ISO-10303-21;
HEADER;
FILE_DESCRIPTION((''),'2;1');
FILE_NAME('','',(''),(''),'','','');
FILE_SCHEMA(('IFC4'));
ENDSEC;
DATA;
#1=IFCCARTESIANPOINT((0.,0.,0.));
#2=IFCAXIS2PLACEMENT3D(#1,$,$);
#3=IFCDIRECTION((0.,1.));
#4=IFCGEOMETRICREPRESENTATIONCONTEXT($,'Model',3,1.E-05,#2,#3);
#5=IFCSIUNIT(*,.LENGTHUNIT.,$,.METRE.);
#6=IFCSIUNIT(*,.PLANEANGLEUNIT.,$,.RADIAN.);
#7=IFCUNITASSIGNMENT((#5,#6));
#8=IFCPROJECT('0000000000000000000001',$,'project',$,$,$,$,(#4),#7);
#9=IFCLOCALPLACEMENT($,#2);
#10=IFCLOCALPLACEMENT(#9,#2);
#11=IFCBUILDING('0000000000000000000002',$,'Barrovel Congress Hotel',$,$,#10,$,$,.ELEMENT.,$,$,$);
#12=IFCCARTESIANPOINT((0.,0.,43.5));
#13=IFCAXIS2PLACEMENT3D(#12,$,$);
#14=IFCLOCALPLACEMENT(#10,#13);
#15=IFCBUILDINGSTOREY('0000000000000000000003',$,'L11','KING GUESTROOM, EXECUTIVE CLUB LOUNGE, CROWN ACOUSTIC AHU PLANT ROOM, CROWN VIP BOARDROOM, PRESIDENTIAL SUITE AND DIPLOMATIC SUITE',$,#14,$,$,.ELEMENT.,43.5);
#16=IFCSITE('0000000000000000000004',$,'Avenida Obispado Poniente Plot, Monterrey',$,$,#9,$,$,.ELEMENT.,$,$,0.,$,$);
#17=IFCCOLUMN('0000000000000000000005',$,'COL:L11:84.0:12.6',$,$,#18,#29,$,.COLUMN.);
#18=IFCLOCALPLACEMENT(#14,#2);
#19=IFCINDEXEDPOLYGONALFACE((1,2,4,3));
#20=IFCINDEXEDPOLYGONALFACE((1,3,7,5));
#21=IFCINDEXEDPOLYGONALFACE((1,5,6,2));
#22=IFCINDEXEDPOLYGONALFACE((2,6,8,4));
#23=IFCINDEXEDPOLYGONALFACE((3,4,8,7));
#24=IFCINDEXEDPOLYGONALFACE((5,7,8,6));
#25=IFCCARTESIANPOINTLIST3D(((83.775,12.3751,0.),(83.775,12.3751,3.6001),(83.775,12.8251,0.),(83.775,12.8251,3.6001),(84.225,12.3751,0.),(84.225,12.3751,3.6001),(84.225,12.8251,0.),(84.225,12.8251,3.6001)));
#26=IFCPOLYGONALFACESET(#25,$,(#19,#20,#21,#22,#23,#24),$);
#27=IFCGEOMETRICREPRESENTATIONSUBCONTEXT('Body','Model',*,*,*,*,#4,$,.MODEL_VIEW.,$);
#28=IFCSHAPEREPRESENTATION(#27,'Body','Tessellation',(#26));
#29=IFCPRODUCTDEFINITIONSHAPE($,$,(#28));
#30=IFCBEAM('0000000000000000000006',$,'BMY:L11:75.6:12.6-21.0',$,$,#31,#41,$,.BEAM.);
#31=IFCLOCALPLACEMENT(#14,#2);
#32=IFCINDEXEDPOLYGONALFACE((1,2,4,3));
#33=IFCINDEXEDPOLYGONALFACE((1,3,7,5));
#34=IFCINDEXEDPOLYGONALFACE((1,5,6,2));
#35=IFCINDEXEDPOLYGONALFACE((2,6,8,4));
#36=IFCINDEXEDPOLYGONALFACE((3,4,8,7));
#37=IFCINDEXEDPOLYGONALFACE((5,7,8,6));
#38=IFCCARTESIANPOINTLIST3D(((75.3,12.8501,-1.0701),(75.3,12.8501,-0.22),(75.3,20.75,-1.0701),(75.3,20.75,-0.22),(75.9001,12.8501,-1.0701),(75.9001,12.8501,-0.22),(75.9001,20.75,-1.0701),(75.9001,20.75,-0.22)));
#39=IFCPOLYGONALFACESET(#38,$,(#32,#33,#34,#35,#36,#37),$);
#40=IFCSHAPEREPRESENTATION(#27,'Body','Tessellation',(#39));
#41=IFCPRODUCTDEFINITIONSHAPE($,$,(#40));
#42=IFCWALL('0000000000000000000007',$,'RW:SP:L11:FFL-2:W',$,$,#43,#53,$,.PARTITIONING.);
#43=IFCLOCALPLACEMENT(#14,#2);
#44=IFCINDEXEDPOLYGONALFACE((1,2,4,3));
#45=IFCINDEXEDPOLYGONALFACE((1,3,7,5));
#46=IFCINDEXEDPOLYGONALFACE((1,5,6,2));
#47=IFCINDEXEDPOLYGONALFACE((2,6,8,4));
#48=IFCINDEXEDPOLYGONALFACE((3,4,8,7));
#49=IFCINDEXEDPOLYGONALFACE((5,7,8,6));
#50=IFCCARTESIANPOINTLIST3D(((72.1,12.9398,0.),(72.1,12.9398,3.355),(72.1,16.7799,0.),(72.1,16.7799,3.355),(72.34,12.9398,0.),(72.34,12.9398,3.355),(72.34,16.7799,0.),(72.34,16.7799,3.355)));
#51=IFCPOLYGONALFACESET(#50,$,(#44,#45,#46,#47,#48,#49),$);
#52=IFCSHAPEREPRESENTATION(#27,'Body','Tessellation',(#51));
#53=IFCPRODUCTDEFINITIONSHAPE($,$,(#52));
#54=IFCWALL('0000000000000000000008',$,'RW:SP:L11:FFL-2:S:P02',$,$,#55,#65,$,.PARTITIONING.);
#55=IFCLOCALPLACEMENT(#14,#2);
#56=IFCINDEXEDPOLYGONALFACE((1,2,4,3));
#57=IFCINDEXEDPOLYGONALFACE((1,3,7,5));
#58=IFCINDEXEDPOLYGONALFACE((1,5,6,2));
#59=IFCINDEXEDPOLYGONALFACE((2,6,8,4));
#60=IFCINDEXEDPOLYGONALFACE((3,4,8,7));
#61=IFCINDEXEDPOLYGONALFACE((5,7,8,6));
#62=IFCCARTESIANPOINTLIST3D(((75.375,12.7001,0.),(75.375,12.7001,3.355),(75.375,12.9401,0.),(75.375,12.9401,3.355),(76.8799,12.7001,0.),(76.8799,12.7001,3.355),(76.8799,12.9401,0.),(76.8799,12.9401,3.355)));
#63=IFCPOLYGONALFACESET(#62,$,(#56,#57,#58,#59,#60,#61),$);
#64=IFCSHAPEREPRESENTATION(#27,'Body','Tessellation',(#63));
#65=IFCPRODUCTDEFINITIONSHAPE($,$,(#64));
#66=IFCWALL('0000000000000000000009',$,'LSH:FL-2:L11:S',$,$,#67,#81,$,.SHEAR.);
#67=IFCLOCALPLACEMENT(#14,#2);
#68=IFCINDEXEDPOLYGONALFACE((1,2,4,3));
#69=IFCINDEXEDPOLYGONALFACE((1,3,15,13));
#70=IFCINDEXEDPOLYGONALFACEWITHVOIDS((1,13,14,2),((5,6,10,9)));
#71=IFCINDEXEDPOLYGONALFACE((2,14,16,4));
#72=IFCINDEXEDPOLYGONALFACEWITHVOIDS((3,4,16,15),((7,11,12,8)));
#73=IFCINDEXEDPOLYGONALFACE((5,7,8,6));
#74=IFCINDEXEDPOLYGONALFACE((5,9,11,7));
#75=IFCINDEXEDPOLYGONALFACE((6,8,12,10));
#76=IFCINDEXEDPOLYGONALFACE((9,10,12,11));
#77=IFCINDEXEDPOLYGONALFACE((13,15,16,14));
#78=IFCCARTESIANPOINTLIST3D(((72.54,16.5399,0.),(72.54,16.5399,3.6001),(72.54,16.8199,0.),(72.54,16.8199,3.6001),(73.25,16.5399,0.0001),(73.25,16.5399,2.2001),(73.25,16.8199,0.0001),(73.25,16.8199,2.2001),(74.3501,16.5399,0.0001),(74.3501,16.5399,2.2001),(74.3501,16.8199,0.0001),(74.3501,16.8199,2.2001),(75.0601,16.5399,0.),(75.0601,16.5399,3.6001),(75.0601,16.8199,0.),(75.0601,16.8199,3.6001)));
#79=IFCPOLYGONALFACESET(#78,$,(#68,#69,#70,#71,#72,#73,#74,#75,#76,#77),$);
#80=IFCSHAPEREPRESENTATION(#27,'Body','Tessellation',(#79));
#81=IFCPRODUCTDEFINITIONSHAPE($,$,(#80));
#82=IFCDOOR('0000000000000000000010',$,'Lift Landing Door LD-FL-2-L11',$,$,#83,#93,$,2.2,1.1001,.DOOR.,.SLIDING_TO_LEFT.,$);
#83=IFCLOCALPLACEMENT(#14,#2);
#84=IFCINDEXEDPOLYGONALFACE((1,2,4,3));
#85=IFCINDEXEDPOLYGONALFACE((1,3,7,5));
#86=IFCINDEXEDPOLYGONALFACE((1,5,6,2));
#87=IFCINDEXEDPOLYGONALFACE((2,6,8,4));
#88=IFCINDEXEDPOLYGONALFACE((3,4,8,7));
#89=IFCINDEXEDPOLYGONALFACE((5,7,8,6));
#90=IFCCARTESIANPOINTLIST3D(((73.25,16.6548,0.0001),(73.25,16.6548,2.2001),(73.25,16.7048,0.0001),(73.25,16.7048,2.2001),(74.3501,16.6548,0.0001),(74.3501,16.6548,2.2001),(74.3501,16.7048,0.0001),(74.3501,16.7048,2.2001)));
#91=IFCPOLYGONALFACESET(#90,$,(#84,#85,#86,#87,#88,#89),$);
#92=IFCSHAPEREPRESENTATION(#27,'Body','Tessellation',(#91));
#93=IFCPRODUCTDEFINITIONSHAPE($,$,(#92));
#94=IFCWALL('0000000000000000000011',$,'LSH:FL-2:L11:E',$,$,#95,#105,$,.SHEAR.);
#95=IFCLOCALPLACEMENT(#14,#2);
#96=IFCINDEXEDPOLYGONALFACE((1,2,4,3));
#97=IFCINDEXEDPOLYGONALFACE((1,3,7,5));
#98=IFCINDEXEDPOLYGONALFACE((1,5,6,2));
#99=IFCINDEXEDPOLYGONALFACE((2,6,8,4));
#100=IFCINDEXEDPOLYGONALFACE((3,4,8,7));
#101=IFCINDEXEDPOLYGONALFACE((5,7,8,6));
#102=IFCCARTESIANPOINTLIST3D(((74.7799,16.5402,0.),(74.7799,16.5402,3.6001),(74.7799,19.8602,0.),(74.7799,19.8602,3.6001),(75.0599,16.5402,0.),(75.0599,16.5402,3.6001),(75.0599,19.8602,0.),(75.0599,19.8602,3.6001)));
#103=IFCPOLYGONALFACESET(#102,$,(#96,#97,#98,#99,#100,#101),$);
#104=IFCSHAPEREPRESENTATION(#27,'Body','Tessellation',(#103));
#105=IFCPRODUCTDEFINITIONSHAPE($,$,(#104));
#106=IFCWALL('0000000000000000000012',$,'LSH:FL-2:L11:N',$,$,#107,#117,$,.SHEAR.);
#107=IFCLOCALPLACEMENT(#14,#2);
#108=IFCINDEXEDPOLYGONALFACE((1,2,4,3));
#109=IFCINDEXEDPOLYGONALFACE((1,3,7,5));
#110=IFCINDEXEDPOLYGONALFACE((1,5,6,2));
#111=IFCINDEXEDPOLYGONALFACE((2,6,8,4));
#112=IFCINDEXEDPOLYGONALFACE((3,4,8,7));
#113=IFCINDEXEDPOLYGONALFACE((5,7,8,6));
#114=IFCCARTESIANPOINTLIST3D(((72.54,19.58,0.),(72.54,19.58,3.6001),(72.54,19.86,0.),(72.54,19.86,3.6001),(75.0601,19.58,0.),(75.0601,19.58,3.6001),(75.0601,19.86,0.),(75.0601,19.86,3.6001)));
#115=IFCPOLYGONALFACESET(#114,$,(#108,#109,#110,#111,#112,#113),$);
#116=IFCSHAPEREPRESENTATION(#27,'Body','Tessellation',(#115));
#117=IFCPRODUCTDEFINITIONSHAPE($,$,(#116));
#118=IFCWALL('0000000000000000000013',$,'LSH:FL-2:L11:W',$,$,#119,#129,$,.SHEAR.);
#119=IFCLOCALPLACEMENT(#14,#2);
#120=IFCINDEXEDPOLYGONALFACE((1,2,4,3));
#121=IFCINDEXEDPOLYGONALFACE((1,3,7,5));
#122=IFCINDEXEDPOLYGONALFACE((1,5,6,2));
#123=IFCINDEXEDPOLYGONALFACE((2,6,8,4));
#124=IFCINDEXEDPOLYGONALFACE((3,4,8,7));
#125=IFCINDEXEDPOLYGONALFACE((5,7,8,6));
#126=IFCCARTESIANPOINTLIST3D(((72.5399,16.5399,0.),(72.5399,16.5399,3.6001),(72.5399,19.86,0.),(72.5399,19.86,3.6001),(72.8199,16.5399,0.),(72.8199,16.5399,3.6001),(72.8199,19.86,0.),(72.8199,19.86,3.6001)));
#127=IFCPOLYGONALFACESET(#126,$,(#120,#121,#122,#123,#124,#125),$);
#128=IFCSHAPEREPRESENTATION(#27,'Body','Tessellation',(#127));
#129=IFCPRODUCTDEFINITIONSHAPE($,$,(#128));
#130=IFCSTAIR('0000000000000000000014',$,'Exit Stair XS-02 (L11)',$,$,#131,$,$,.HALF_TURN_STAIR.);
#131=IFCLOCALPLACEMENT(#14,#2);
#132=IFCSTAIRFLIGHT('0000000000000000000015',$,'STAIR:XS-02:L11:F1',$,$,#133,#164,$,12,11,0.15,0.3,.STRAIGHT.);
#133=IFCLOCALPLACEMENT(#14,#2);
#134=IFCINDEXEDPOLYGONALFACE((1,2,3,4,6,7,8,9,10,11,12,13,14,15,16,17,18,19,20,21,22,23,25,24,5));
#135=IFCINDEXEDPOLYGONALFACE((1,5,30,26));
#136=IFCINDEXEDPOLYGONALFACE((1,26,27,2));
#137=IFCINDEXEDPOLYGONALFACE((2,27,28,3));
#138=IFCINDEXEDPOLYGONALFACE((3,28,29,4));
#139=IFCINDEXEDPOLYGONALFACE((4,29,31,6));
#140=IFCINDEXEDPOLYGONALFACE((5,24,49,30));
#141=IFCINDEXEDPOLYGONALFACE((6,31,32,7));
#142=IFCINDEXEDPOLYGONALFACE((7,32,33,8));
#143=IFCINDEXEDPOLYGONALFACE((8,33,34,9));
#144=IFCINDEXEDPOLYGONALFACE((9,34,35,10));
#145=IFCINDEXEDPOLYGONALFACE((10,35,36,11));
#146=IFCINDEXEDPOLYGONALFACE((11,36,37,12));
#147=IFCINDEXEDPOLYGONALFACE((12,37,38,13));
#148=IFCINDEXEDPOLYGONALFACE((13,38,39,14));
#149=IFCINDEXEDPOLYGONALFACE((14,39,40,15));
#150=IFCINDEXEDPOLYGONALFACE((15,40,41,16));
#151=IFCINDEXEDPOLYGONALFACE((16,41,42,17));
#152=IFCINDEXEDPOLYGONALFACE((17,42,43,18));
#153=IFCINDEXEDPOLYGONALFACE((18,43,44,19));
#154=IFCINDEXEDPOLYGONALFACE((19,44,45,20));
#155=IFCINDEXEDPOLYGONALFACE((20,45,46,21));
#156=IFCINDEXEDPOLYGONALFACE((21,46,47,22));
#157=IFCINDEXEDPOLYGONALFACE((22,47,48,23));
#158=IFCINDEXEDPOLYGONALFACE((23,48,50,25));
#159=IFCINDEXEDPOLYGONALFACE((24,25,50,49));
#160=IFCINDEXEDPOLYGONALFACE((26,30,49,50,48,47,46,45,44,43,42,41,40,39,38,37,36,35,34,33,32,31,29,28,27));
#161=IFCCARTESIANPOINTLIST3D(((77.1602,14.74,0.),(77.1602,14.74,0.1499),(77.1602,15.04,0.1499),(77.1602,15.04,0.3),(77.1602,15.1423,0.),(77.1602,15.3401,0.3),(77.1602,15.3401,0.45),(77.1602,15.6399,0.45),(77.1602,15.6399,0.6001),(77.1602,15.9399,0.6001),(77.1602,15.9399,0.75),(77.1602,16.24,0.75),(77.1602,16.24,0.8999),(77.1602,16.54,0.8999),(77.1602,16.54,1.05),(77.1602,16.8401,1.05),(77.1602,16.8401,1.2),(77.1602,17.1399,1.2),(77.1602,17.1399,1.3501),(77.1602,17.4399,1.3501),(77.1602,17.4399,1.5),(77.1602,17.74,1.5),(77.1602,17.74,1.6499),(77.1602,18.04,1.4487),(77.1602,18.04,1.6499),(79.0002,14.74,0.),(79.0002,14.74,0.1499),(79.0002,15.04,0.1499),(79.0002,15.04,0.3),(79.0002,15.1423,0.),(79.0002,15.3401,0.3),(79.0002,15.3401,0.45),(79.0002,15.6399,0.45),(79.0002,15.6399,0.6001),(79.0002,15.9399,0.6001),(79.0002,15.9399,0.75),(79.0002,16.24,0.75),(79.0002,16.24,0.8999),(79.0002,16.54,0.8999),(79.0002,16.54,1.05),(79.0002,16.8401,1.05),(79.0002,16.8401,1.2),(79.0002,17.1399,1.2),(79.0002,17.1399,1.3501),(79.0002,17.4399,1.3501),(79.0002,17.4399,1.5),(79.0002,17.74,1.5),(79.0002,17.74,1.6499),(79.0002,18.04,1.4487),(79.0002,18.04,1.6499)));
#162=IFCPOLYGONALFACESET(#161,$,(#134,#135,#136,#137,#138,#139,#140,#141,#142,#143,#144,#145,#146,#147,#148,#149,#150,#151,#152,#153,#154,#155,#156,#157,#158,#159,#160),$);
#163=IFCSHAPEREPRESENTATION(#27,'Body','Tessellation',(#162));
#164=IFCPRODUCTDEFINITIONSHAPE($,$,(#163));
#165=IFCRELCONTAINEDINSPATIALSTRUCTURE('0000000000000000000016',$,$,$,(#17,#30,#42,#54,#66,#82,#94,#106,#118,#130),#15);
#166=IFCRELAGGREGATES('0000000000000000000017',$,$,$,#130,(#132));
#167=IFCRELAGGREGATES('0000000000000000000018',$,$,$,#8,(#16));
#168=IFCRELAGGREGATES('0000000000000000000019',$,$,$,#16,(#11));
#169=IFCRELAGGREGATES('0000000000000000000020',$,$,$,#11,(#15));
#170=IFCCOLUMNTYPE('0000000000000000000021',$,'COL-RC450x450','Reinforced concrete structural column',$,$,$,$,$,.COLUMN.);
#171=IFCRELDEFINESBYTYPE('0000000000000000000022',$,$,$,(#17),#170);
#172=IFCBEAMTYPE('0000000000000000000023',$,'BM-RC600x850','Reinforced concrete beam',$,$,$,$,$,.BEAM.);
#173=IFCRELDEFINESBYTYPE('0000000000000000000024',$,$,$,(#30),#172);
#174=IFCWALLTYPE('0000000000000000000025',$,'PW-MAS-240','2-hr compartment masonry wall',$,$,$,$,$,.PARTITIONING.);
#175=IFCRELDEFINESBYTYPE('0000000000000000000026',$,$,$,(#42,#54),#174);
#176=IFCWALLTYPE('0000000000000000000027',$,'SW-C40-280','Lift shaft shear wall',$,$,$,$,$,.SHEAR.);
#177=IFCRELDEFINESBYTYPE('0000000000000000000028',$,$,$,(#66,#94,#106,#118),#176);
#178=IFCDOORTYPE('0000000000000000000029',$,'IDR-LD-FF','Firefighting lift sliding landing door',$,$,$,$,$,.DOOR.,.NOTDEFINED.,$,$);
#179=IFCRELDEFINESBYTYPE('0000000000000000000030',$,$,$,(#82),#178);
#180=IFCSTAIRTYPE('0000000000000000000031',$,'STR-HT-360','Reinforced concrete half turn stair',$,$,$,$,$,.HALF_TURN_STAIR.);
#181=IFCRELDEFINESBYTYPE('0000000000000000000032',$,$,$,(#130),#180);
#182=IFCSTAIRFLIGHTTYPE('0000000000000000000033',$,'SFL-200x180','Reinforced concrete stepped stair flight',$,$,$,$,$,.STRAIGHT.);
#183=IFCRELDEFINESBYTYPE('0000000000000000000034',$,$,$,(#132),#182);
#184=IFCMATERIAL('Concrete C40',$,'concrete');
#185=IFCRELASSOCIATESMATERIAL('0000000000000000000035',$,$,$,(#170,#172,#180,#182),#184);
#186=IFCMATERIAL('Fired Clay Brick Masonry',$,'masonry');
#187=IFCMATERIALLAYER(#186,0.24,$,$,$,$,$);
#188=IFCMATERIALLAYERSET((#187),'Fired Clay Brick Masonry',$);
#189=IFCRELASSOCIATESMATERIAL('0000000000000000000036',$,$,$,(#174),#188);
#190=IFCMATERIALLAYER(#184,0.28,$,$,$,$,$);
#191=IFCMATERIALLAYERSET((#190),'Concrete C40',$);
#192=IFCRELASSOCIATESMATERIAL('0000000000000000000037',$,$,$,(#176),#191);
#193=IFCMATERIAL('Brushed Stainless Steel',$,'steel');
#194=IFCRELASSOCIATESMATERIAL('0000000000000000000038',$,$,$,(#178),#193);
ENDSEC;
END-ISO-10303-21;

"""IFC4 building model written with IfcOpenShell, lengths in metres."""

from ifc_helpers import new_model, si_unit, direction, frame, frame_2d, origin, origin_2d, place, context, subcontext, project, spatial, polyline, rectangle, outline, extrude, material, layer, layer_set, material_profile, profile_set, type_object, element, fill, aggregate, save


model = new_model("IFC4")

# Units and contexts
model_context = context("Model", 3, precision=1e-05, world=origin(), true_north=direction((0.0, 1.0)))
body_context = subcontext(model_context, "Body", "Model", "MODEL_VIEW")
ifc_project = project(units=[si_unit("LENGTHUNIT", "METRE"), si_unit("PLANEANGLEUNIT", "RADIAN")], contexts=[model_context])

# Site, building, storey
site_placement = place(None, origin())
site = spatial("IfcSite", under=ifc_project, at=site_placement, Name="Avenida Obispado Poniente Plot, Monterrey", CompositionType="ELEMENT", RefElevation=0.0)
building_placement = place(site_placement, origin())
building = spatial("IfcBuilding", under=site, at=building_placement, Name="Barrovel Congress Hotel", CompositionType="ELEMENT")
storey_placement = place(building_placement, frame((0.0, 0.0, 43.5)))
storey = spatial("IfcBuildingStorey", under=building, at=storey_placement, Name="L11", Description="KING GUESTROOM, EXECUTIVE CLUB LOUNGE, CROWN ACOUSTIC AHU PLANT ROOM, CROWN VIP BOARDROOM, PRESIDENTIAL SUITE AND DIPLOMATIC SUITE", CompositionType="ELEMENT", Elevation=43.5)

# Column
ifc_material_1 = material(Name="Concrete C40", Category="concrete")
ifc_material_profile_1 = material_profile(ifc_material_1, rectangle(XDim=0.45, YDim=0.45, at=origin_2d()), Name="RC450x450")
ifc_profile_set_1 = profile_set([ifc_material_profile_1], Name="Concrete C40")
column_type = type_object("IfcColumnType", Name="COL-RC450x450", Description="Reinforced concrete structural column", PredefinedType="COLUMN", material=ifc_profile_set_1)
column_placement = place(storey_placement, frame((84.0, 12.6001, 0.0), z_axis=(0.0, 0.0, 1.0), x_axis=(1.0, 0.0, 0.0)))
element("IfcColumn", 1, at=column_placement, inside=storey, type_object=column_type, Name="COL:L11:84.0:12.6", PredefinedType="COLUMN", context=body_context, shape_type="SweptSolid", body=[
    extrude(rectangle(XDim=0.45, YDim=0.45, at=origin_2d()), origin(), (0.0, 0.0, 1.0), 3.6001),
])

# Beam
ifc_material_profile_2 = material_profile(ifc_material_1, rectangle(XDim=0.6001, YDim=0.8501, at=origin_2d()), Name="RC600x850")
ifc_profile_set_2 = profile_set([ifc_material_profile_2], Name="Concrete C40")
beam_type = type_object("IfcBeamType", Name="BM-RC600x850", Description="Reinforced concrete beam", PredefinedType="BEAM", material=ifc_profile_set_2)
beam_placement = place(storey_placement, frame((75.6001, 12.8501, -0.645), z_axis=(0.0, 1.0, 0.0), x_axis=(-1.0, 0.0, 0.0)))
element("IfcBeam", 2, at=beam_placement, inside=storey, type_object=beam_type, Name="BMY:L11:75.6:12.6-21.0", PredefinedType="BEAM", context=body_context, shape_type="SweptSolid", body=[
    extrude(rectangle(XDim=0.6001, YDim=0.8501, at=origin_2d()), origin(), (0.0, 0.0, 1.0), 7.8999),
])

# Shared definitions
ifc_material_2 = material(Name="Fired Clay Brick Masonry", Category="masonry")
ifc_layer_1 = layer(ifc_material_2, 0.24)
ifc_layer_set_1 = layer_set([ifc_layer_1], Name="Fired Clay Brick Masonry")
wall_type_1 = type_object("IfcWallType", Name="PW-MAS-240", Description="2-hr compartment masonry wall", PredefinedType="PARTITIONING", material=ifc_layer_set_1)

# Walls
wall_1_placement = place(storey_placement, frame((72.22, 12.9399, 0.0), z_axis=(0.0, 0.0, 1.0), x_axis=(0.0, 1.0, 0.0)))
element("IfcWall", 3, at=wall_1_placement, inside=storey, type_object=wall_type_1, Name="RW:SP:L11:FFL-2:W", PredefinedType="PARTITIONING", context=body_context, shape_type="SweptSolid", body=[
    extrude(rectangle(XDim=3.8401, YDim=0.24, at=frame_2d((1.9199, 0.0))), origin(), (0.0, 0.0, 1.0), 3.355),
])
wall_2_placement = place(storey_placement, frame((75.375, 12.8201, 0.0), z_axis=(0.0, 0.0, 1.0), x_axis=(1.0, 0.0, 0.0)))
element("IfcWall", 4, at=wall_2_placement, inside=storey, type_object=wall_type_1, Name="RW:SP:L11:FFL-2:S:P02", PredefinedType="PARTITIONING", context=body_context, shape_type="SweptSolid", body=[
    extrude(rectangle(XDim=1.5049, YDim=0.24, at=frame_2d((0.7524, 0.0))), origin(), (0.0, 0.0, 1.0), 3.355),
])

# Wall, opening, door
ifc_layer_2 = layer(ifc_material_1, 0.28)
ifc_layer_set_2 = layer_set([ifc_layer_2], Name="Concrete C40")
wall_type_2 = type_object("IfcWallType", Name="SW-C40-280", Description="Lift shaft shear wall", PredefinedType="SHEAR", material=ifc_layer_set_2)
wall_3_placement = place(storey_placement, frame((72.54, 16.6799, 0.0), z_axis=(0.0, 0.0, 1.0), x_axis=(1.0, 0.0, 0.0)))
wall_3 = element("IfcWall", 5, at=wall_3_placement, inside=storey, type_object=wall_type_2, Name="LSH:FL-2:L11:S", PredefinedType="SHEAR", context=body_context, shape_type="SweptSolid", body=[
    extrude(rectangle(XDim=2.52, YDim=0.28, at=frame_2d((1.26, 0.0))), origin(), (0.0, 0.0, 1.0), 3.6001),
])
opening_1_placement = place(wall_3_placement, frame((0.71, 0.0, 0.0)))
opening_1 = element("IfcOpeningElement", 6, at=opening_1_placement, cuts=wall_3, PredefinedType="OPENING", context=body_context, shape_type="SweptSolid", body=[
    extrude(rectangle(XDim=1.1001, YDim=2.2, at=frame_2d((0.55, 1.1001))), frame((0.0, 0.1499, 0.0), z_axis=(0.0, -1.0, 0.0), x_axis=(1.0, 0.0, 0.0)), (0.0, 0.0, 1.0), 0.3),
])
ifc_material_3 = material(Name="Brushed Stainless Steel", Category="steel")
door_type_1 = type_object("IfcDoorType", Name="IDR-LD-FF", Description="Firefighting lift sliding landing door", OperationType="NOTDEFINED", PredefinedType="DOOR", material=ifc_material_3)
door_1_placement = place(opening_1_placement, origin())
door_1 = element("IfcDoor", 7, at=door_1_placement, inside=storey, type_object=door_type_1, Name="Lift Landing Door LD-FL-2-L11", OperationType="SLIDING_TO_LEFT", OverallHeight=2.2, OverallWidth=1.1001, PredefinedType="DOOR", context=body_context, shape_type="SweptSolid", body=[
    extrude(rectangle(XDim=1.1001, YDim=2.2, at=frame_2d((0.55, 1.1001))), frame((0.0, 0.0249, 0.0), z_axis=(0.0, -1.0, 0.0), x_axis=(1.0, 0.0, 0.0)), (0.0, 0.0, 1.0), 0.05),
])
fill(opening_1, door_1)

# Walls
wall_4_placement = place(storey_placement, frame((74.9199, 16.54, 0.0), z_axis=(0.0, 0.0, 1.0), x_axis=(0.0, 1.0, 0.0)))
element("IfcWall", 8, at=wall_4_placement, inside=storey, type_object=wall_type_2, Name="LSH:FL-2:L11:E", PredefinedType="SHEAR", context=body_context, shape_type="SweptSolid", body=[
    extrude(rectangle(XDim=3.3201, YDim=0.28, at=frame_2d((1.6602, 0.0))), origin(), (0.0, 0.0, 1.0), 3.6001),
])
wall_5_placement = place(storey_placement, frame((75.0601, 19.72, 0.0), z_axis=(0.0, 0.0, 1.0), x_axis=(-1.0, 0.0, 0.0)))
element("IfcWall", 9, at=wall_5_placement, inside=storey, type_object=wall_type_2, Name="LSH:FL-2:L11:N", PredefinedType="SHEAR", context=body_context, shape_type="SweptSolid", body=[
    extrude(rectangle(XDim=2.52, YDim=0.28, at=frame_2d((1.26, 0.0))), origin(), (0.0, 0.0, 1.0), 3.6001),
])
wall_6_placement = place(storey_placement, frame((72.6799, 19.8601, 0.0), z_axis=(0.0, 0.0, 1.0), x_axis=(0.0, -1.0, 0.0)))
element("IfcWall", 10, at=wall_6_placement, inside=storey, type_object=wall_type_2, Name="LSH:FL-2:L11:W", PredefinedType="SHEAR", context=body_context, shape_type="SweptSolid", body=[
    extrude(rectangle(XDim=3.3201, YDim=0.28, at=frame_2d((1.6602, 0.0))), origin(), (0.0, 0.0, 1.0), 3.6001),
])

# Stair, stair flight
stair_type = type_object("IfcStairType", Name="STR-HT-360", Description="Reinforced concrete half turn stair", PredefinedType="HALF_TURN_STAIR", material=ifc_material_1)
stair_placement = place(storey_placement, origin())
stair = element("IfcStair", 11, at=stair_placement, inside=storey, type_object=stair_type, Name="Exit Stair XS-02 (L11)", PredefinedType="HALF_TURN_STAIR")
stair_flight_type = type_object("IfcStairFlightType", Name="SFL-200x180", Description="Reinforced concrete stepped stair flight", PredefinedType="STRAIGHT", material=ifc_material_1)
stair_flight_1_placement = place(storey_placement, frame((78.0801, 14.74, 0.0), z_axis=(0.0, 0.0, 1.0), x_axis=(0.0, 1.0, 0.0)))
stair_flight_1 = element("IfcStairFlight", 12, at=stair_flight_1_placement, type_object=stair_flight_type, Name="STAIR:XS-02:L11:F1", NumberOfRisers=12, NumberOfTreads=11, PredefinedType="STRAIGHT", RiserHeight=0.15, TreadLength=0.3, context=body_context, shape_type="SweptSolid", body=[
    extrude(outline(polyline([(0.0, 0.0), (0.0, 0.1499), (0.3, 0.1499), (0.3, 0.3), (0.6001, 0.3), (0.6001, 0.45), (0.8999, 0.45), (0.8999, 0.6001), (1.2, 0.6001), (1.2, 0.75), (1.5, 0.75), (1.5, 0.8999), (1.8, 0.8999), (1.8, 1.05), (2.1001, 1.05), (2.1001, 1.2), (2.3999, 1.2), (2.3999, 1.3501), (2.7, 1.3501), (2.7, 1.5), (3.0, 1.5), (3.0, 1.6499), (3.3, 1.6499), (3.3, 1.8), (3.3, 1.4487), (0.4023, 0.0), (0.0, 0.0)])), frame((0.0, 0.9199, 0.0), z_axis=(0.0, -1.0, 0.0), x_axis=(1.0, 0.0, 0.0)), (0.0, 0.0, 1.0), 1.8401),
])
aggregate(stair, [stair_flight_1])

save(model, "model.ifc")
